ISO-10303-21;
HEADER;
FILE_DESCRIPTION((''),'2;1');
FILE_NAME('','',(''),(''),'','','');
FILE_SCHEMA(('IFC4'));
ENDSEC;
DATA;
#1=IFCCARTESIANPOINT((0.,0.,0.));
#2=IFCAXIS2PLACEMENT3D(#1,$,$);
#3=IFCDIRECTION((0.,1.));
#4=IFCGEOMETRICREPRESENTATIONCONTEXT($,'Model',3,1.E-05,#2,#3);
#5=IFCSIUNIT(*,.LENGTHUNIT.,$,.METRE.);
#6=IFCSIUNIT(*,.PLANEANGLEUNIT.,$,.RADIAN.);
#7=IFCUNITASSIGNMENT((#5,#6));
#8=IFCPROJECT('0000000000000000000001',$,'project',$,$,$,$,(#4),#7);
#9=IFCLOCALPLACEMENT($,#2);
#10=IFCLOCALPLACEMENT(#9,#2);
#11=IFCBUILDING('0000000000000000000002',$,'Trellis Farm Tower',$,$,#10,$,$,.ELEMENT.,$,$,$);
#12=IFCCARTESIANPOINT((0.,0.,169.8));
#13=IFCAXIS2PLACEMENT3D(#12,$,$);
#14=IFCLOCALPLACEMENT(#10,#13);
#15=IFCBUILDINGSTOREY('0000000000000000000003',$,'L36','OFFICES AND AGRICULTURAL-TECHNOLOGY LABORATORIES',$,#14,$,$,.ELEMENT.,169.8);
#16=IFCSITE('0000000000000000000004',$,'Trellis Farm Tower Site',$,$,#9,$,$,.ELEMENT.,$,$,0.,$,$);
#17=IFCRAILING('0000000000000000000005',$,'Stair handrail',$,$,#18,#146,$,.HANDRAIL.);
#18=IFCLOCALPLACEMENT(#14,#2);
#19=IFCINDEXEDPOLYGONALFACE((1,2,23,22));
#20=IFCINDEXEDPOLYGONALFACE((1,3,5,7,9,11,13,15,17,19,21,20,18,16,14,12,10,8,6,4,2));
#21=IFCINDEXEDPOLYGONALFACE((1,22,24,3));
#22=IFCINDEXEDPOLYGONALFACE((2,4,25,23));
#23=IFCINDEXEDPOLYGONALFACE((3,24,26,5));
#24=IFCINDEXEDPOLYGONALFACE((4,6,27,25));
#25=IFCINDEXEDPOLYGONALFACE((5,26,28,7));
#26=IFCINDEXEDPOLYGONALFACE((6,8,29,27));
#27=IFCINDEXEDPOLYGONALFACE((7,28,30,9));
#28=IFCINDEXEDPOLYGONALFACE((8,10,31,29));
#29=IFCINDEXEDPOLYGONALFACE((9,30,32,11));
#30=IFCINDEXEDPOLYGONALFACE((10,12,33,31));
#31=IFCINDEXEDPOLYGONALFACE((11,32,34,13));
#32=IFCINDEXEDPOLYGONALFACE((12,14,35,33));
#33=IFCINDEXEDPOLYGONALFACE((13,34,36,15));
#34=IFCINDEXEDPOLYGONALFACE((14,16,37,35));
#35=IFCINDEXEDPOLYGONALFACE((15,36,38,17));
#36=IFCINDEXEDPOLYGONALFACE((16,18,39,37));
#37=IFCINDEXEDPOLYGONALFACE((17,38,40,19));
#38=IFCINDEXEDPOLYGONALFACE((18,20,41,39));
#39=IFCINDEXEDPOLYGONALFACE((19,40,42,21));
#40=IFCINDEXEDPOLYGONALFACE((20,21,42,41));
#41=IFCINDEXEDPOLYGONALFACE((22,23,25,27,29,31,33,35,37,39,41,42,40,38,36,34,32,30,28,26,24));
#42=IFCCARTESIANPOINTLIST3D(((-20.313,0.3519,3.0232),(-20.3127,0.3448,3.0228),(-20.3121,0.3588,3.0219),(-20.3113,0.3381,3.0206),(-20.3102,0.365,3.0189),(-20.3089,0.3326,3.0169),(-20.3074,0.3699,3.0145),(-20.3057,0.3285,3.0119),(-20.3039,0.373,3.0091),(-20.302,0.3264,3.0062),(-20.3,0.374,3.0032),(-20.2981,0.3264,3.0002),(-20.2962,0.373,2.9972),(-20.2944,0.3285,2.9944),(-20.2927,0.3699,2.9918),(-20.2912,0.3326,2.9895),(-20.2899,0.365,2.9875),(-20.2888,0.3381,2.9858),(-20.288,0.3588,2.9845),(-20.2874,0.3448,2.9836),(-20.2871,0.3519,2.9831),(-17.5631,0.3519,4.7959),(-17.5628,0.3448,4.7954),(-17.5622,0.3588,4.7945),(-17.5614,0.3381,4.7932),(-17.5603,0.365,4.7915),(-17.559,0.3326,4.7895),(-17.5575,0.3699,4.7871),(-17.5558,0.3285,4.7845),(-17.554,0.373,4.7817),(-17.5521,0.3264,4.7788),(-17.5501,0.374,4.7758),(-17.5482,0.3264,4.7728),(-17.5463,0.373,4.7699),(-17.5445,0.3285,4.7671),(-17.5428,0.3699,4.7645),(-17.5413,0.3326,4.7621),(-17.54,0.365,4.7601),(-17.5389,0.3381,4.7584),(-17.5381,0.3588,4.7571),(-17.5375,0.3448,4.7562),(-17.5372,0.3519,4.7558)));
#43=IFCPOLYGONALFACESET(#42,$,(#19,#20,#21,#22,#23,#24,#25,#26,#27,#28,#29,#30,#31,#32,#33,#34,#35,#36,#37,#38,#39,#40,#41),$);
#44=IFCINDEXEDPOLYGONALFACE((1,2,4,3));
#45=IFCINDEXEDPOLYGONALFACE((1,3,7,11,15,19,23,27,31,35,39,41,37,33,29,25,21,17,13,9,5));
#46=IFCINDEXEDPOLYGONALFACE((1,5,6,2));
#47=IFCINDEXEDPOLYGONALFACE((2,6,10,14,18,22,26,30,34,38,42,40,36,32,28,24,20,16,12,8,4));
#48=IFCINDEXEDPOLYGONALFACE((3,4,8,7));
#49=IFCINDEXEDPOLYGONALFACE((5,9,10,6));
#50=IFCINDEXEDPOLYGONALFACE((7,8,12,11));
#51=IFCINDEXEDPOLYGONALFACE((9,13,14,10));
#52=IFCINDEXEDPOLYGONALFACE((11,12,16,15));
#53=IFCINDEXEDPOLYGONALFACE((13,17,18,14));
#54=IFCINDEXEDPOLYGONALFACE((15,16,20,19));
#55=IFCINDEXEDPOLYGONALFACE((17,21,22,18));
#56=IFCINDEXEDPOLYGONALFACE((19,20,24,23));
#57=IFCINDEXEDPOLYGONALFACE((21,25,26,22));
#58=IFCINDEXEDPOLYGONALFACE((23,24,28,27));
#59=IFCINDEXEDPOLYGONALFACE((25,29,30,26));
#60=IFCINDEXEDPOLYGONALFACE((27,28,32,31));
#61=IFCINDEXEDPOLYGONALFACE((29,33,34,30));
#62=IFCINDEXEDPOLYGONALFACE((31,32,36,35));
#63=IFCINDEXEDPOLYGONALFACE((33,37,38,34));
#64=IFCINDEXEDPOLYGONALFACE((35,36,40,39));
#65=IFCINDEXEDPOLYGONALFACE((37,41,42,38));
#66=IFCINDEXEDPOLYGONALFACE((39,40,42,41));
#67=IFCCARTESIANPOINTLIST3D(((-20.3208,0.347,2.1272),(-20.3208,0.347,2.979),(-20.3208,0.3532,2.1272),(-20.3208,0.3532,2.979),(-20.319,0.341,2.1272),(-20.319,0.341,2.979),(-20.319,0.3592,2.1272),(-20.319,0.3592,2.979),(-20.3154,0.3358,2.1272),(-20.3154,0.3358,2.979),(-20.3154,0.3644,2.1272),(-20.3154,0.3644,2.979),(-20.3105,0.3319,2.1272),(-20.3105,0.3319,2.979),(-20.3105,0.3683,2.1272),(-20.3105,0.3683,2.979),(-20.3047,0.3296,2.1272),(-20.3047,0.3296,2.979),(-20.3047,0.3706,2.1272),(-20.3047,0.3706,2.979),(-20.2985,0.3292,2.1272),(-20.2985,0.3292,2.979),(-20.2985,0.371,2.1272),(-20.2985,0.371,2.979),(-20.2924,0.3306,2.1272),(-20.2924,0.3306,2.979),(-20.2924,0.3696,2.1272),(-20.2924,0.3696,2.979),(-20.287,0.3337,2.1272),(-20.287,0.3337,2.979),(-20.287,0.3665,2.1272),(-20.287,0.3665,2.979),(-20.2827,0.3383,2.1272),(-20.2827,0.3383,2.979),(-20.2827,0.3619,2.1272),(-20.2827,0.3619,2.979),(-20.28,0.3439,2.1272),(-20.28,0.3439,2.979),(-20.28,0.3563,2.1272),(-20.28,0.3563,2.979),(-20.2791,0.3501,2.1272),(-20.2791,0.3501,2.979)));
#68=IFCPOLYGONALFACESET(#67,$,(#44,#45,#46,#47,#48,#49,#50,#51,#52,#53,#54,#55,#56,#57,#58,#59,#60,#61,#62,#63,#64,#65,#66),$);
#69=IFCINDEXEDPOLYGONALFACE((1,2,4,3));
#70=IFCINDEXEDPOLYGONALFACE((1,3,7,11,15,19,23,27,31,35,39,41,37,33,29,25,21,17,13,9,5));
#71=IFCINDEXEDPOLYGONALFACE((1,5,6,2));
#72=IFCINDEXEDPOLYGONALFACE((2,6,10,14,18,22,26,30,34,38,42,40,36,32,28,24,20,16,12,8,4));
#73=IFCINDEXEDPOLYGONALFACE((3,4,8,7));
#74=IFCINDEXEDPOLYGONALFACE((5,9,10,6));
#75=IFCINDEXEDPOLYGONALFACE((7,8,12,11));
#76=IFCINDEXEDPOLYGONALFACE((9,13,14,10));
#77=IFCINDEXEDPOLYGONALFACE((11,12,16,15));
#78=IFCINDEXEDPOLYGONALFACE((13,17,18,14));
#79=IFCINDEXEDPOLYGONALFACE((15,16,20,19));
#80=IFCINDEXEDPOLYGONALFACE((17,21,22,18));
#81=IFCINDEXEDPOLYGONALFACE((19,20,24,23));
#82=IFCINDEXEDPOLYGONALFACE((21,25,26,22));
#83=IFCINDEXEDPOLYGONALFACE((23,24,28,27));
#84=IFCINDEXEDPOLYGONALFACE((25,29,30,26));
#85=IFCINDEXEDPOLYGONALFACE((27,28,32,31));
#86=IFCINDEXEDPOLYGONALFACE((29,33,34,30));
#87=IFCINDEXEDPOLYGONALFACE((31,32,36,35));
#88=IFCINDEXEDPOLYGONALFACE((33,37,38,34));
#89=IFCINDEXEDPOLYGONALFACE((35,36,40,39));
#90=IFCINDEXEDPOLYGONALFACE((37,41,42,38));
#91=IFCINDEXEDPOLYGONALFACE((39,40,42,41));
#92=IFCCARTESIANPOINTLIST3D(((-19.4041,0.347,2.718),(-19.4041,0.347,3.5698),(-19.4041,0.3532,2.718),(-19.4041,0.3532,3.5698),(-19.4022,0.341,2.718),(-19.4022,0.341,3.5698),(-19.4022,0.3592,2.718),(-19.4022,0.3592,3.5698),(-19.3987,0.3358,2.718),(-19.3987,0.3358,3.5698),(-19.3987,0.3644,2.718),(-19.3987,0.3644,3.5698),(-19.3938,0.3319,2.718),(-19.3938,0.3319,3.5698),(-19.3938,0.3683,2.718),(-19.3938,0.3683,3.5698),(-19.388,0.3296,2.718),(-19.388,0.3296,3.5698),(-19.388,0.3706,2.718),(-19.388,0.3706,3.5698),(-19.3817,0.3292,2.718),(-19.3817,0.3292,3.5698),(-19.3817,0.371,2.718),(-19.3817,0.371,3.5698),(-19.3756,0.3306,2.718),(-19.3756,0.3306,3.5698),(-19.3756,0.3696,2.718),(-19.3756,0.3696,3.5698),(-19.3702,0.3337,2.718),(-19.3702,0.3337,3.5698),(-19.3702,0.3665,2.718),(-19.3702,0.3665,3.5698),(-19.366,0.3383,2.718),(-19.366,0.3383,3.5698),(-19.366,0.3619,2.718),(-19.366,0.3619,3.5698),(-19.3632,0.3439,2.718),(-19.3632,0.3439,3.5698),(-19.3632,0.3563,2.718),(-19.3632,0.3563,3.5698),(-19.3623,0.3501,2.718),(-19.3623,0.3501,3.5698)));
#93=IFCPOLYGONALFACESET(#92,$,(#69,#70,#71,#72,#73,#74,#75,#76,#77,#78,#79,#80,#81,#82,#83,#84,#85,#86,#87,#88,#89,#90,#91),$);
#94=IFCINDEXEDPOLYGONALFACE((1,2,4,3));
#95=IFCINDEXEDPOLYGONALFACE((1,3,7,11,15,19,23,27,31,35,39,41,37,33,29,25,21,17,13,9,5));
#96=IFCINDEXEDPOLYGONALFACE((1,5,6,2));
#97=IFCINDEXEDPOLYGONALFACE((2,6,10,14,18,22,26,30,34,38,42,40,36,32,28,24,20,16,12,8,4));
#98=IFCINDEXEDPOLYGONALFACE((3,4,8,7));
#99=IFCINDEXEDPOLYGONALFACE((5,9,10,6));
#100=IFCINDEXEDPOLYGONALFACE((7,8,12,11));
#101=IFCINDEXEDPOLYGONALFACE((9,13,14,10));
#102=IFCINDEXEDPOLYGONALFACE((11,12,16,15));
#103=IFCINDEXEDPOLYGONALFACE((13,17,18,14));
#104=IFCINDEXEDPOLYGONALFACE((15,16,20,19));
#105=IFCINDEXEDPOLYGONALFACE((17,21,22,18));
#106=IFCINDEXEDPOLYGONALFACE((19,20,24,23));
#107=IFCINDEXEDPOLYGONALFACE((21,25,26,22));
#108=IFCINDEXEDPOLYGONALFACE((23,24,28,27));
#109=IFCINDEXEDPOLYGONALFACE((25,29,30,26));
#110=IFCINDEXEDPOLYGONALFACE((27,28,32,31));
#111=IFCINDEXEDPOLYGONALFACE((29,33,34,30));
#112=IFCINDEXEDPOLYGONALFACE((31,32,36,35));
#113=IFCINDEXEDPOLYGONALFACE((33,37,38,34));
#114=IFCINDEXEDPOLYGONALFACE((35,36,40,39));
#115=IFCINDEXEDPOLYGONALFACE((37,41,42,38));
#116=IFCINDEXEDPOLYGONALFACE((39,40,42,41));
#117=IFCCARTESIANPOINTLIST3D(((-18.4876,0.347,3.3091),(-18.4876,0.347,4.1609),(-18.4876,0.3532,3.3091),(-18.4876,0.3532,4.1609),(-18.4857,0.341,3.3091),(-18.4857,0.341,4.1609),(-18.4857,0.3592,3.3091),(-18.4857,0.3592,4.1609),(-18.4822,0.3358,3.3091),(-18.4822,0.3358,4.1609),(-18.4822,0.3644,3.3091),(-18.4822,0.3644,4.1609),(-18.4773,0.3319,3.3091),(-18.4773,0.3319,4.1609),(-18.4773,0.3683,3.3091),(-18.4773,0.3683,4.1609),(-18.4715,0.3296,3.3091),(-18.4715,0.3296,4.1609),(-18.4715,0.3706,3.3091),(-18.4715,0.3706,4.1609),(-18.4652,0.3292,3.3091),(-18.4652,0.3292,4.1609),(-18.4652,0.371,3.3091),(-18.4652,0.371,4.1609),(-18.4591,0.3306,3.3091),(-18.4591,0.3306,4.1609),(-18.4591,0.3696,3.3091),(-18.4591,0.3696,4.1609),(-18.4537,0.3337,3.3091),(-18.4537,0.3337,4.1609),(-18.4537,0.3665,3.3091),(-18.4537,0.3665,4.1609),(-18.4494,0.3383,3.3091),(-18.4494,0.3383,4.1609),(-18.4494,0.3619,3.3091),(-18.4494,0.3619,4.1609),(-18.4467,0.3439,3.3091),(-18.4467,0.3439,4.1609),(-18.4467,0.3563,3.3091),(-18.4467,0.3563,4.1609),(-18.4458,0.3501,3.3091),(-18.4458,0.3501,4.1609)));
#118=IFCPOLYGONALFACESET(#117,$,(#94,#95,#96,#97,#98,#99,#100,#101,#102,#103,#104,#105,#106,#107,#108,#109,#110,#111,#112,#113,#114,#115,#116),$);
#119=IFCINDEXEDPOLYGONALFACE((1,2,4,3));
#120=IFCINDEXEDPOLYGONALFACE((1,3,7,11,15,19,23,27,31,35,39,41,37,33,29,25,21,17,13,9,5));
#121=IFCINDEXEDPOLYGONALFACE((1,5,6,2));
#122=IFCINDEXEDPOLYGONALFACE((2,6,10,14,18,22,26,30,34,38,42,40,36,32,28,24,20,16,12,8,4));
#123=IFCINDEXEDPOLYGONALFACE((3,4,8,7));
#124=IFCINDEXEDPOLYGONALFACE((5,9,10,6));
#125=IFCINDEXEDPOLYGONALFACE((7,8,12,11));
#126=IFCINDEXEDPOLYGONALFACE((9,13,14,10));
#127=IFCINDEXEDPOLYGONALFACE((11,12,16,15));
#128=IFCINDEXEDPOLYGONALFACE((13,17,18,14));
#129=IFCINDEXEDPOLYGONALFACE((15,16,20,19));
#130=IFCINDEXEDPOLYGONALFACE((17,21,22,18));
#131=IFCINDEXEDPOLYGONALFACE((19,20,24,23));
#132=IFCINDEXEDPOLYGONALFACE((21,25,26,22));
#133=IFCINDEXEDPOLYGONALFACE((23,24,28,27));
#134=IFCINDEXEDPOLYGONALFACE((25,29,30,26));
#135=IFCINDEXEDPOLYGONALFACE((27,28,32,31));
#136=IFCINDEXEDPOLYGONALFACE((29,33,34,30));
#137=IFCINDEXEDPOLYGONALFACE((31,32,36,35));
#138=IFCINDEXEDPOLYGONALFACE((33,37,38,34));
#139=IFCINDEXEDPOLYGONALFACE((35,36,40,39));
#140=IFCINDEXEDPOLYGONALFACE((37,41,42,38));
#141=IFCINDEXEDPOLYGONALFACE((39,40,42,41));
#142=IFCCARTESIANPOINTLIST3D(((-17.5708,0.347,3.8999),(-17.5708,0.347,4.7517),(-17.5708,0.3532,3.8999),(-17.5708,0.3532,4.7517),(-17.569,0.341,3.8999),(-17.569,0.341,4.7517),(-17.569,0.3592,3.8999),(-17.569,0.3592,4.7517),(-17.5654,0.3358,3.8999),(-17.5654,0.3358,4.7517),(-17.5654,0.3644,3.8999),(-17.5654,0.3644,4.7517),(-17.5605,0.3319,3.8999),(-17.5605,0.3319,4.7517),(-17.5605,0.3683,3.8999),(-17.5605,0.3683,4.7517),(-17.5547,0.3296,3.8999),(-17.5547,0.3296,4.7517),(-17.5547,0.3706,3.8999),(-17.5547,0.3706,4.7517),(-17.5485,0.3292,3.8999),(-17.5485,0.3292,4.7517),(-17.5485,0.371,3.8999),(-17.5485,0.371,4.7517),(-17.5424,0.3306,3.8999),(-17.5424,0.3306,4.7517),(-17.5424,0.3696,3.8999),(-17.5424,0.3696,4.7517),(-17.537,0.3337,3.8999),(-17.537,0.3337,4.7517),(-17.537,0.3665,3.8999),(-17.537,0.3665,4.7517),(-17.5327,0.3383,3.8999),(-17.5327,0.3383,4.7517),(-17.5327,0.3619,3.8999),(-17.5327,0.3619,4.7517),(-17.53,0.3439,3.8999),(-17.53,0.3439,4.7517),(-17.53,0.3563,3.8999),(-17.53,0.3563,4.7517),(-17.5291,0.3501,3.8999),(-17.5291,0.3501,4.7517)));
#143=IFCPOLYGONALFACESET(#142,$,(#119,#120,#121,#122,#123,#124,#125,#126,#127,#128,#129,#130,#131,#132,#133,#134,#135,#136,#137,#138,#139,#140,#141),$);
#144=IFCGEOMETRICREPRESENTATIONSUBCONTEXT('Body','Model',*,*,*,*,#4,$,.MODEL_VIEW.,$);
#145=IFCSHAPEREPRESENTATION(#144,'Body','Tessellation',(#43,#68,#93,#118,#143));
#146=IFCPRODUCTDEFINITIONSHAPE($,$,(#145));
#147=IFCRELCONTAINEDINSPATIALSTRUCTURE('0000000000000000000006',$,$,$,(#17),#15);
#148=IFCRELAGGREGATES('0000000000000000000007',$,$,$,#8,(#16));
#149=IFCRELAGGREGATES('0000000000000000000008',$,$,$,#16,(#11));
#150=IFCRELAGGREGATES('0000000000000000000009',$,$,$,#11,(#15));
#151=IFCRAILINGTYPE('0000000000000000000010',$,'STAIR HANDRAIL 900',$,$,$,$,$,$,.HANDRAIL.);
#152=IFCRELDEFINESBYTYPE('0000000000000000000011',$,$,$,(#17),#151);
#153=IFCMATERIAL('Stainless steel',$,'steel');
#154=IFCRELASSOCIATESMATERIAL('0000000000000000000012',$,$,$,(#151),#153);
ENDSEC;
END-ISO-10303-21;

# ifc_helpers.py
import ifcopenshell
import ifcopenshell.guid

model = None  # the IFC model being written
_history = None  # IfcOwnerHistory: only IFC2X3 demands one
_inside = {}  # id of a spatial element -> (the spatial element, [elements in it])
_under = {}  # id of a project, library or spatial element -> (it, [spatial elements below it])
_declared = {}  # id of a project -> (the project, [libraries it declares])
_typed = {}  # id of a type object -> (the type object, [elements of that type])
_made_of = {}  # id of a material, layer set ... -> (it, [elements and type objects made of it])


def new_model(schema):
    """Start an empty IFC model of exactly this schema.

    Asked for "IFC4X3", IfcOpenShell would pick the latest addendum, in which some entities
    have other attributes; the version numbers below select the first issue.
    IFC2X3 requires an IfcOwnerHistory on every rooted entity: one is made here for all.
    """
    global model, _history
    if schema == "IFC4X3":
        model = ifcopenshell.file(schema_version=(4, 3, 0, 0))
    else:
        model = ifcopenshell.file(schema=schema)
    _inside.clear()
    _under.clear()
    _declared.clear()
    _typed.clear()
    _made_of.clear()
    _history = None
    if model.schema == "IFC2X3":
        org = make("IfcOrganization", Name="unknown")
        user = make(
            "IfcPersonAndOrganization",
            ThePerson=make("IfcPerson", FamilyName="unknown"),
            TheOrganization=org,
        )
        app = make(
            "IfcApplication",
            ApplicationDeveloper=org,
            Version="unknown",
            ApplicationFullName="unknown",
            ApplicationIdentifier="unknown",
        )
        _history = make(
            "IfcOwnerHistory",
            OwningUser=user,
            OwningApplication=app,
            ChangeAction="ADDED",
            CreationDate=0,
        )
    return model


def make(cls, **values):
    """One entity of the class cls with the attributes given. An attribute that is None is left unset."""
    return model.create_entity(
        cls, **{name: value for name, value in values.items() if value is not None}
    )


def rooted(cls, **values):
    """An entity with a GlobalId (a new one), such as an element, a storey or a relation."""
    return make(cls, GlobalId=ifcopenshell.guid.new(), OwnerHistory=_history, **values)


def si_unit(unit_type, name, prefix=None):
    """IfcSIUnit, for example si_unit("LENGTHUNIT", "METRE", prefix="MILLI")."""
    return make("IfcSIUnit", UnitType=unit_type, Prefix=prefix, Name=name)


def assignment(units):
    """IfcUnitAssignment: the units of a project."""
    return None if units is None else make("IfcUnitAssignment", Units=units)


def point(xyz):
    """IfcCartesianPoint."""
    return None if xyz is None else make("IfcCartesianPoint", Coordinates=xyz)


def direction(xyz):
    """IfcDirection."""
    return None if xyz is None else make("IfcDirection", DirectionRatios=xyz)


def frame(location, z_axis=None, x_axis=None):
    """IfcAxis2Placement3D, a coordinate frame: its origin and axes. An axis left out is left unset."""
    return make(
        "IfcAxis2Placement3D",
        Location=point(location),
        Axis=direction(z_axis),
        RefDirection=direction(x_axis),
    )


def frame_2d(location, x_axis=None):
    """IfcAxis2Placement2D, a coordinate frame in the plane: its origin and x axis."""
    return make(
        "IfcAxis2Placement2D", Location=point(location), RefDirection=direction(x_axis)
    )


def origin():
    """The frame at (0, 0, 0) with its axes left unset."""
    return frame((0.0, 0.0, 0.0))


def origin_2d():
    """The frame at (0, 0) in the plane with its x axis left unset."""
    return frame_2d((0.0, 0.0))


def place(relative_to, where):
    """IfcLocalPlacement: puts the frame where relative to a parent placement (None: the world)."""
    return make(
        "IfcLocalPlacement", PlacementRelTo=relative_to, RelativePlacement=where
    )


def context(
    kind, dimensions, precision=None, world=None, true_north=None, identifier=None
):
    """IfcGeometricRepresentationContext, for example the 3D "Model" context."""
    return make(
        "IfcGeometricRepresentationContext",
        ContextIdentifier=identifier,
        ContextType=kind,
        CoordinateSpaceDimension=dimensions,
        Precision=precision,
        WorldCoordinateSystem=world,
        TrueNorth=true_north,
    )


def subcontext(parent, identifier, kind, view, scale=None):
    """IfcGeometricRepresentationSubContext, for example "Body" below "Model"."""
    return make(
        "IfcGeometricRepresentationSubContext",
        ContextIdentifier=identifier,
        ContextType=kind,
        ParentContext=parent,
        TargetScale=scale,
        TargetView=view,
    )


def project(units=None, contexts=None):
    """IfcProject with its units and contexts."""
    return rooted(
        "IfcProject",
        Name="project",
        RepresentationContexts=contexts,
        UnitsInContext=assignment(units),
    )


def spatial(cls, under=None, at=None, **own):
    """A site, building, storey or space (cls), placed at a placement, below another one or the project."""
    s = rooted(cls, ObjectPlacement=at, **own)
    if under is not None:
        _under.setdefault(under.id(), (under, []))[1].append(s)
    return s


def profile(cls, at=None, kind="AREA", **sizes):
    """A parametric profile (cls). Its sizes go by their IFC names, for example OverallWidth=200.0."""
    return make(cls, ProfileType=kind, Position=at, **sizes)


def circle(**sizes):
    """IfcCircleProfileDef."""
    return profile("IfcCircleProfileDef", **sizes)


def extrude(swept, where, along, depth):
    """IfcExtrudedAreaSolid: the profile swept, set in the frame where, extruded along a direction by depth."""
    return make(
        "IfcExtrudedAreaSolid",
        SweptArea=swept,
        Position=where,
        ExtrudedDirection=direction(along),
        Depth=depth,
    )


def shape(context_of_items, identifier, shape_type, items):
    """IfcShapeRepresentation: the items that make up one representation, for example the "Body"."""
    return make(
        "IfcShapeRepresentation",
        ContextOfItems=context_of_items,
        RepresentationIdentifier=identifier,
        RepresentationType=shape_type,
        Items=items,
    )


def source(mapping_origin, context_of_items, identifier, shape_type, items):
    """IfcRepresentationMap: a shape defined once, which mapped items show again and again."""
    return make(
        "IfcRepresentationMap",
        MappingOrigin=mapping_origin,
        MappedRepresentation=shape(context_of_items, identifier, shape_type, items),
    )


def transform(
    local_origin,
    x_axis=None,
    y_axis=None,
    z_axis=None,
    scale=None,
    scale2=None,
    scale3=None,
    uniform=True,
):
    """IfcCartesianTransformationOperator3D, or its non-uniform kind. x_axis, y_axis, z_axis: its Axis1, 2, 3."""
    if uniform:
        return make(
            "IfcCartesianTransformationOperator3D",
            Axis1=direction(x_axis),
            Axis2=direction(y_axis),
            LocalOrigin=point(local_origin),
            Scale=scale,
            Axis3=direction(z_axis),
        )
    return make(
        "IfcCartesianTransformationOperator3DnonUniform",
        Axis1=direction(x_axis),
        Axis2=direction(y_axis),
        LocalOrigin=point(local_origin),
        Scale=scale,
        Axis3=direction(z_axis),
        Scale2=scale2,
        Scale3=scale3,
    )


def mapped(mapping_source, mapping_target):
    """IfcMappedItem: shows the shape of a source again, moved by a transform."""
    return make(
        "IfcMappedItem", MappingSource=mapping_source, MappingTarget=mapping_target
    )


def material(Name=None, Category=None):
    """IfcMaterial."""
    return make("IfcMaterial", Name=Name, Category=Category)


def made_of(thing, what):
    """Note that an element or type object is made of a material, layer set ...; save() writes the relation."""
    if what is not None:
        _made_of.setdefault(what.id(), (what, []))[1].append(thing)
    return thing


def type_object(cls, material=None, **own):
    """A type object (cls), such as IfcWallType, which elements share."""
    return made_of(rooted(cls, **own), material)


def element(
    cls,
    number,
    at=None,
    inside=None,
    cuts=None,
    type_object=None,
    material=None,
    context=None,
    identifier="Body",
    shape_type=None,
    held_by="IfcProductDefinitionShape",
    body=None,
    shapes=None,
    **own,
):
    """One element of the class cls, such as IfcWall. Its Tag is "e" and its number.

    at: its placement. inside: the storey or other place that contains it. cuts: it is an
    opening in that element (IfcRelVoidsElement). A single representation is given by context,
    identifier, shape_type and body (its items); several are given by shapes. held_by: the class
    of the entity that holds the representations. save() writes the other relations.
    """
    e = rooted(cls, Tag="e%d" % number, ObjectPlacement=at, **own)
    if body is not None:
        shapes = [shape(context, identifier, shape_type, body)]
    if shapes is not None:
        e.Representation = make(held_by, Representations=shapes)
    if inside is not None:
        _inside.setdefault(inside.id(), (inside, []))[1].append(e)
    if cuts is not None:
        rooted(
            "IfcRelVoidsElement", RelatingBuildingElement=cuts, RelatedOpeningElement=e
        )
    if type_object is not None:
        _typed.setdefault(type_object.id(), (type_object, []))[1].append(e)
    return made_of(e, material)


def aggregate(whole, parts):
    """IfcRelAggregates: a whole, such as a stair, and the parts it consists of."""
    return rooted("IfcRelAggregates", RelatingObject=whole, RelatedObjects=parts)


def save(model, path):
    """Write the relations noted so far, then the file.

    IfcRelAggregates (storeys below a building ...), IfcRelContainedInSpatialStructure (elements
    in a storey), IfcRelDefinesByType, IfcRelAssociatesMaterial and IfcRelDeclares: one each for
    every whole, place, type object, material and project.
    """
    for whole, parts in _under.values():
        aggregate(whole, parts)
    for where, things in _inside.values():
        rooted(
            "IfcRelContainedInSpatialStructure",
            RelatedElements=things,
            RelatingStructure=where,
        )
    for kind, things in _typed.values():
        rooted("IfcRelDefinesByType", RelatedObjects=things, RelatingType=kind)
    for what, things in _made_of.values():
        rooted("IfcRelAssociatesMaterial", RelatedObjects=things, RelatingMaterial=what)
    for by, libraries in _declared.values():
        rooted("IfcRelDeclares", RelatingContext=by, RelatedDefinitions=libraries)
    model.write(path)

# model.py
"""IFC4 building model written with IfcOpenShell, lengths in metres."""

from ifc_helpers import new_model, si_unit, direction, frame, origin, origin_2d, place, context, subcontext, project, spatial, circle, extrude, source, transform, mapped, material, type_object, element, save


model = new_model("IFC4")

# Units and contexts
model_context = context("Model", 3, precision=1e-05, world=origin(), true_north=direction((0.0, 1.0)))
body_context = subcontext(model_context, "Body", "Model", "MODEL_VIEW")
ifc_project = project(units=[si_unit("LENGTHUNIT", "METRE"), si_unit("PLANEANGLEUNIT", "RADIAN")], contexts=[model_context])

# Site, building, storey
site_placement = place(None, origin())
site = spatial("IfcSite", under=ifc_project, at=site_placement, Name="Trellis Farm Tower Site", CompositionType="ELEMENT", RefElevation=0.0)
building_placement = place(site_placement, origin())
building = spatial("IfcBuilding", under=site, at=building_placement, Name="Trellis Farm Tower", CompositionType="ELEMENT")
storey_placement = place(building_placement, frame((0.0, 0.0, 169.8)))
storey = spatial("IfcBuildingStorey", under=building, at=storey_placement, Name="L36", Description="OFFICES AND AGRICULTURAL-TECHNOLOGY LABORATORIES", CompositionType="ELEMENT", Elevation=169.8)

# Railing
ifc_material_1 = material(Name="Stainless steel", Category="steel")
railing_type = type_object("IfcRailingType", Name="STAIR HANDRAIL 900", PredefinedType="HANDRAIL", material=ifc_material_1)
shared_shape_1 = source(origin(), body_context, "Body", "SweptSolid", [
    extrude(circle(Radius=0.0239, at=origin_2d()), frame((0.0, 0.0, 0.876), z_axis=(0.840504, 0.0, 0.541806), x_axis=(0.0, 1.0, 0.0)), (0.0, 0.0, 1.0), 3.2717),
    extrude(circle(Radius=0.021, at=origin_2d()), origin(), (0.0, 0.0, 1.0), 0.8518),
    extrude(circle(Radius=0.021, at=origin_2d()), frame((0.9167, 0.0, 0.5908)), (0.0, 0.0, 1.0), 0.8518),
    extrude(circle(Radius=0.021, at=origin_2d()), frame((1.8333, 0.0, 1.1819)), (0.0, 0.0, 1.0), 0.8518),
    extrude(circle(Radius=0.021, at=origin_2d()), frame((2.75, 0.0, 1.7727)), (0.0, 0.0, 1.0), 0.8518),
])
for number, where, name in (
    (1, (-20.3, 0.3501, 2.1272), "Stair handrail"),
):
    element("IfcRailing", number, at=place(storey_placement, frame(where)), inside=storey, type_object=railing_type, Name=name, PredefinedType="HANDRAIL", context=body_context, shape_type="MappedRepresentation", body=[
        mapped(shared_shape_1, transform((0.0, 0.0, 0.0))),
    ])

save(model, "model.ifc")
